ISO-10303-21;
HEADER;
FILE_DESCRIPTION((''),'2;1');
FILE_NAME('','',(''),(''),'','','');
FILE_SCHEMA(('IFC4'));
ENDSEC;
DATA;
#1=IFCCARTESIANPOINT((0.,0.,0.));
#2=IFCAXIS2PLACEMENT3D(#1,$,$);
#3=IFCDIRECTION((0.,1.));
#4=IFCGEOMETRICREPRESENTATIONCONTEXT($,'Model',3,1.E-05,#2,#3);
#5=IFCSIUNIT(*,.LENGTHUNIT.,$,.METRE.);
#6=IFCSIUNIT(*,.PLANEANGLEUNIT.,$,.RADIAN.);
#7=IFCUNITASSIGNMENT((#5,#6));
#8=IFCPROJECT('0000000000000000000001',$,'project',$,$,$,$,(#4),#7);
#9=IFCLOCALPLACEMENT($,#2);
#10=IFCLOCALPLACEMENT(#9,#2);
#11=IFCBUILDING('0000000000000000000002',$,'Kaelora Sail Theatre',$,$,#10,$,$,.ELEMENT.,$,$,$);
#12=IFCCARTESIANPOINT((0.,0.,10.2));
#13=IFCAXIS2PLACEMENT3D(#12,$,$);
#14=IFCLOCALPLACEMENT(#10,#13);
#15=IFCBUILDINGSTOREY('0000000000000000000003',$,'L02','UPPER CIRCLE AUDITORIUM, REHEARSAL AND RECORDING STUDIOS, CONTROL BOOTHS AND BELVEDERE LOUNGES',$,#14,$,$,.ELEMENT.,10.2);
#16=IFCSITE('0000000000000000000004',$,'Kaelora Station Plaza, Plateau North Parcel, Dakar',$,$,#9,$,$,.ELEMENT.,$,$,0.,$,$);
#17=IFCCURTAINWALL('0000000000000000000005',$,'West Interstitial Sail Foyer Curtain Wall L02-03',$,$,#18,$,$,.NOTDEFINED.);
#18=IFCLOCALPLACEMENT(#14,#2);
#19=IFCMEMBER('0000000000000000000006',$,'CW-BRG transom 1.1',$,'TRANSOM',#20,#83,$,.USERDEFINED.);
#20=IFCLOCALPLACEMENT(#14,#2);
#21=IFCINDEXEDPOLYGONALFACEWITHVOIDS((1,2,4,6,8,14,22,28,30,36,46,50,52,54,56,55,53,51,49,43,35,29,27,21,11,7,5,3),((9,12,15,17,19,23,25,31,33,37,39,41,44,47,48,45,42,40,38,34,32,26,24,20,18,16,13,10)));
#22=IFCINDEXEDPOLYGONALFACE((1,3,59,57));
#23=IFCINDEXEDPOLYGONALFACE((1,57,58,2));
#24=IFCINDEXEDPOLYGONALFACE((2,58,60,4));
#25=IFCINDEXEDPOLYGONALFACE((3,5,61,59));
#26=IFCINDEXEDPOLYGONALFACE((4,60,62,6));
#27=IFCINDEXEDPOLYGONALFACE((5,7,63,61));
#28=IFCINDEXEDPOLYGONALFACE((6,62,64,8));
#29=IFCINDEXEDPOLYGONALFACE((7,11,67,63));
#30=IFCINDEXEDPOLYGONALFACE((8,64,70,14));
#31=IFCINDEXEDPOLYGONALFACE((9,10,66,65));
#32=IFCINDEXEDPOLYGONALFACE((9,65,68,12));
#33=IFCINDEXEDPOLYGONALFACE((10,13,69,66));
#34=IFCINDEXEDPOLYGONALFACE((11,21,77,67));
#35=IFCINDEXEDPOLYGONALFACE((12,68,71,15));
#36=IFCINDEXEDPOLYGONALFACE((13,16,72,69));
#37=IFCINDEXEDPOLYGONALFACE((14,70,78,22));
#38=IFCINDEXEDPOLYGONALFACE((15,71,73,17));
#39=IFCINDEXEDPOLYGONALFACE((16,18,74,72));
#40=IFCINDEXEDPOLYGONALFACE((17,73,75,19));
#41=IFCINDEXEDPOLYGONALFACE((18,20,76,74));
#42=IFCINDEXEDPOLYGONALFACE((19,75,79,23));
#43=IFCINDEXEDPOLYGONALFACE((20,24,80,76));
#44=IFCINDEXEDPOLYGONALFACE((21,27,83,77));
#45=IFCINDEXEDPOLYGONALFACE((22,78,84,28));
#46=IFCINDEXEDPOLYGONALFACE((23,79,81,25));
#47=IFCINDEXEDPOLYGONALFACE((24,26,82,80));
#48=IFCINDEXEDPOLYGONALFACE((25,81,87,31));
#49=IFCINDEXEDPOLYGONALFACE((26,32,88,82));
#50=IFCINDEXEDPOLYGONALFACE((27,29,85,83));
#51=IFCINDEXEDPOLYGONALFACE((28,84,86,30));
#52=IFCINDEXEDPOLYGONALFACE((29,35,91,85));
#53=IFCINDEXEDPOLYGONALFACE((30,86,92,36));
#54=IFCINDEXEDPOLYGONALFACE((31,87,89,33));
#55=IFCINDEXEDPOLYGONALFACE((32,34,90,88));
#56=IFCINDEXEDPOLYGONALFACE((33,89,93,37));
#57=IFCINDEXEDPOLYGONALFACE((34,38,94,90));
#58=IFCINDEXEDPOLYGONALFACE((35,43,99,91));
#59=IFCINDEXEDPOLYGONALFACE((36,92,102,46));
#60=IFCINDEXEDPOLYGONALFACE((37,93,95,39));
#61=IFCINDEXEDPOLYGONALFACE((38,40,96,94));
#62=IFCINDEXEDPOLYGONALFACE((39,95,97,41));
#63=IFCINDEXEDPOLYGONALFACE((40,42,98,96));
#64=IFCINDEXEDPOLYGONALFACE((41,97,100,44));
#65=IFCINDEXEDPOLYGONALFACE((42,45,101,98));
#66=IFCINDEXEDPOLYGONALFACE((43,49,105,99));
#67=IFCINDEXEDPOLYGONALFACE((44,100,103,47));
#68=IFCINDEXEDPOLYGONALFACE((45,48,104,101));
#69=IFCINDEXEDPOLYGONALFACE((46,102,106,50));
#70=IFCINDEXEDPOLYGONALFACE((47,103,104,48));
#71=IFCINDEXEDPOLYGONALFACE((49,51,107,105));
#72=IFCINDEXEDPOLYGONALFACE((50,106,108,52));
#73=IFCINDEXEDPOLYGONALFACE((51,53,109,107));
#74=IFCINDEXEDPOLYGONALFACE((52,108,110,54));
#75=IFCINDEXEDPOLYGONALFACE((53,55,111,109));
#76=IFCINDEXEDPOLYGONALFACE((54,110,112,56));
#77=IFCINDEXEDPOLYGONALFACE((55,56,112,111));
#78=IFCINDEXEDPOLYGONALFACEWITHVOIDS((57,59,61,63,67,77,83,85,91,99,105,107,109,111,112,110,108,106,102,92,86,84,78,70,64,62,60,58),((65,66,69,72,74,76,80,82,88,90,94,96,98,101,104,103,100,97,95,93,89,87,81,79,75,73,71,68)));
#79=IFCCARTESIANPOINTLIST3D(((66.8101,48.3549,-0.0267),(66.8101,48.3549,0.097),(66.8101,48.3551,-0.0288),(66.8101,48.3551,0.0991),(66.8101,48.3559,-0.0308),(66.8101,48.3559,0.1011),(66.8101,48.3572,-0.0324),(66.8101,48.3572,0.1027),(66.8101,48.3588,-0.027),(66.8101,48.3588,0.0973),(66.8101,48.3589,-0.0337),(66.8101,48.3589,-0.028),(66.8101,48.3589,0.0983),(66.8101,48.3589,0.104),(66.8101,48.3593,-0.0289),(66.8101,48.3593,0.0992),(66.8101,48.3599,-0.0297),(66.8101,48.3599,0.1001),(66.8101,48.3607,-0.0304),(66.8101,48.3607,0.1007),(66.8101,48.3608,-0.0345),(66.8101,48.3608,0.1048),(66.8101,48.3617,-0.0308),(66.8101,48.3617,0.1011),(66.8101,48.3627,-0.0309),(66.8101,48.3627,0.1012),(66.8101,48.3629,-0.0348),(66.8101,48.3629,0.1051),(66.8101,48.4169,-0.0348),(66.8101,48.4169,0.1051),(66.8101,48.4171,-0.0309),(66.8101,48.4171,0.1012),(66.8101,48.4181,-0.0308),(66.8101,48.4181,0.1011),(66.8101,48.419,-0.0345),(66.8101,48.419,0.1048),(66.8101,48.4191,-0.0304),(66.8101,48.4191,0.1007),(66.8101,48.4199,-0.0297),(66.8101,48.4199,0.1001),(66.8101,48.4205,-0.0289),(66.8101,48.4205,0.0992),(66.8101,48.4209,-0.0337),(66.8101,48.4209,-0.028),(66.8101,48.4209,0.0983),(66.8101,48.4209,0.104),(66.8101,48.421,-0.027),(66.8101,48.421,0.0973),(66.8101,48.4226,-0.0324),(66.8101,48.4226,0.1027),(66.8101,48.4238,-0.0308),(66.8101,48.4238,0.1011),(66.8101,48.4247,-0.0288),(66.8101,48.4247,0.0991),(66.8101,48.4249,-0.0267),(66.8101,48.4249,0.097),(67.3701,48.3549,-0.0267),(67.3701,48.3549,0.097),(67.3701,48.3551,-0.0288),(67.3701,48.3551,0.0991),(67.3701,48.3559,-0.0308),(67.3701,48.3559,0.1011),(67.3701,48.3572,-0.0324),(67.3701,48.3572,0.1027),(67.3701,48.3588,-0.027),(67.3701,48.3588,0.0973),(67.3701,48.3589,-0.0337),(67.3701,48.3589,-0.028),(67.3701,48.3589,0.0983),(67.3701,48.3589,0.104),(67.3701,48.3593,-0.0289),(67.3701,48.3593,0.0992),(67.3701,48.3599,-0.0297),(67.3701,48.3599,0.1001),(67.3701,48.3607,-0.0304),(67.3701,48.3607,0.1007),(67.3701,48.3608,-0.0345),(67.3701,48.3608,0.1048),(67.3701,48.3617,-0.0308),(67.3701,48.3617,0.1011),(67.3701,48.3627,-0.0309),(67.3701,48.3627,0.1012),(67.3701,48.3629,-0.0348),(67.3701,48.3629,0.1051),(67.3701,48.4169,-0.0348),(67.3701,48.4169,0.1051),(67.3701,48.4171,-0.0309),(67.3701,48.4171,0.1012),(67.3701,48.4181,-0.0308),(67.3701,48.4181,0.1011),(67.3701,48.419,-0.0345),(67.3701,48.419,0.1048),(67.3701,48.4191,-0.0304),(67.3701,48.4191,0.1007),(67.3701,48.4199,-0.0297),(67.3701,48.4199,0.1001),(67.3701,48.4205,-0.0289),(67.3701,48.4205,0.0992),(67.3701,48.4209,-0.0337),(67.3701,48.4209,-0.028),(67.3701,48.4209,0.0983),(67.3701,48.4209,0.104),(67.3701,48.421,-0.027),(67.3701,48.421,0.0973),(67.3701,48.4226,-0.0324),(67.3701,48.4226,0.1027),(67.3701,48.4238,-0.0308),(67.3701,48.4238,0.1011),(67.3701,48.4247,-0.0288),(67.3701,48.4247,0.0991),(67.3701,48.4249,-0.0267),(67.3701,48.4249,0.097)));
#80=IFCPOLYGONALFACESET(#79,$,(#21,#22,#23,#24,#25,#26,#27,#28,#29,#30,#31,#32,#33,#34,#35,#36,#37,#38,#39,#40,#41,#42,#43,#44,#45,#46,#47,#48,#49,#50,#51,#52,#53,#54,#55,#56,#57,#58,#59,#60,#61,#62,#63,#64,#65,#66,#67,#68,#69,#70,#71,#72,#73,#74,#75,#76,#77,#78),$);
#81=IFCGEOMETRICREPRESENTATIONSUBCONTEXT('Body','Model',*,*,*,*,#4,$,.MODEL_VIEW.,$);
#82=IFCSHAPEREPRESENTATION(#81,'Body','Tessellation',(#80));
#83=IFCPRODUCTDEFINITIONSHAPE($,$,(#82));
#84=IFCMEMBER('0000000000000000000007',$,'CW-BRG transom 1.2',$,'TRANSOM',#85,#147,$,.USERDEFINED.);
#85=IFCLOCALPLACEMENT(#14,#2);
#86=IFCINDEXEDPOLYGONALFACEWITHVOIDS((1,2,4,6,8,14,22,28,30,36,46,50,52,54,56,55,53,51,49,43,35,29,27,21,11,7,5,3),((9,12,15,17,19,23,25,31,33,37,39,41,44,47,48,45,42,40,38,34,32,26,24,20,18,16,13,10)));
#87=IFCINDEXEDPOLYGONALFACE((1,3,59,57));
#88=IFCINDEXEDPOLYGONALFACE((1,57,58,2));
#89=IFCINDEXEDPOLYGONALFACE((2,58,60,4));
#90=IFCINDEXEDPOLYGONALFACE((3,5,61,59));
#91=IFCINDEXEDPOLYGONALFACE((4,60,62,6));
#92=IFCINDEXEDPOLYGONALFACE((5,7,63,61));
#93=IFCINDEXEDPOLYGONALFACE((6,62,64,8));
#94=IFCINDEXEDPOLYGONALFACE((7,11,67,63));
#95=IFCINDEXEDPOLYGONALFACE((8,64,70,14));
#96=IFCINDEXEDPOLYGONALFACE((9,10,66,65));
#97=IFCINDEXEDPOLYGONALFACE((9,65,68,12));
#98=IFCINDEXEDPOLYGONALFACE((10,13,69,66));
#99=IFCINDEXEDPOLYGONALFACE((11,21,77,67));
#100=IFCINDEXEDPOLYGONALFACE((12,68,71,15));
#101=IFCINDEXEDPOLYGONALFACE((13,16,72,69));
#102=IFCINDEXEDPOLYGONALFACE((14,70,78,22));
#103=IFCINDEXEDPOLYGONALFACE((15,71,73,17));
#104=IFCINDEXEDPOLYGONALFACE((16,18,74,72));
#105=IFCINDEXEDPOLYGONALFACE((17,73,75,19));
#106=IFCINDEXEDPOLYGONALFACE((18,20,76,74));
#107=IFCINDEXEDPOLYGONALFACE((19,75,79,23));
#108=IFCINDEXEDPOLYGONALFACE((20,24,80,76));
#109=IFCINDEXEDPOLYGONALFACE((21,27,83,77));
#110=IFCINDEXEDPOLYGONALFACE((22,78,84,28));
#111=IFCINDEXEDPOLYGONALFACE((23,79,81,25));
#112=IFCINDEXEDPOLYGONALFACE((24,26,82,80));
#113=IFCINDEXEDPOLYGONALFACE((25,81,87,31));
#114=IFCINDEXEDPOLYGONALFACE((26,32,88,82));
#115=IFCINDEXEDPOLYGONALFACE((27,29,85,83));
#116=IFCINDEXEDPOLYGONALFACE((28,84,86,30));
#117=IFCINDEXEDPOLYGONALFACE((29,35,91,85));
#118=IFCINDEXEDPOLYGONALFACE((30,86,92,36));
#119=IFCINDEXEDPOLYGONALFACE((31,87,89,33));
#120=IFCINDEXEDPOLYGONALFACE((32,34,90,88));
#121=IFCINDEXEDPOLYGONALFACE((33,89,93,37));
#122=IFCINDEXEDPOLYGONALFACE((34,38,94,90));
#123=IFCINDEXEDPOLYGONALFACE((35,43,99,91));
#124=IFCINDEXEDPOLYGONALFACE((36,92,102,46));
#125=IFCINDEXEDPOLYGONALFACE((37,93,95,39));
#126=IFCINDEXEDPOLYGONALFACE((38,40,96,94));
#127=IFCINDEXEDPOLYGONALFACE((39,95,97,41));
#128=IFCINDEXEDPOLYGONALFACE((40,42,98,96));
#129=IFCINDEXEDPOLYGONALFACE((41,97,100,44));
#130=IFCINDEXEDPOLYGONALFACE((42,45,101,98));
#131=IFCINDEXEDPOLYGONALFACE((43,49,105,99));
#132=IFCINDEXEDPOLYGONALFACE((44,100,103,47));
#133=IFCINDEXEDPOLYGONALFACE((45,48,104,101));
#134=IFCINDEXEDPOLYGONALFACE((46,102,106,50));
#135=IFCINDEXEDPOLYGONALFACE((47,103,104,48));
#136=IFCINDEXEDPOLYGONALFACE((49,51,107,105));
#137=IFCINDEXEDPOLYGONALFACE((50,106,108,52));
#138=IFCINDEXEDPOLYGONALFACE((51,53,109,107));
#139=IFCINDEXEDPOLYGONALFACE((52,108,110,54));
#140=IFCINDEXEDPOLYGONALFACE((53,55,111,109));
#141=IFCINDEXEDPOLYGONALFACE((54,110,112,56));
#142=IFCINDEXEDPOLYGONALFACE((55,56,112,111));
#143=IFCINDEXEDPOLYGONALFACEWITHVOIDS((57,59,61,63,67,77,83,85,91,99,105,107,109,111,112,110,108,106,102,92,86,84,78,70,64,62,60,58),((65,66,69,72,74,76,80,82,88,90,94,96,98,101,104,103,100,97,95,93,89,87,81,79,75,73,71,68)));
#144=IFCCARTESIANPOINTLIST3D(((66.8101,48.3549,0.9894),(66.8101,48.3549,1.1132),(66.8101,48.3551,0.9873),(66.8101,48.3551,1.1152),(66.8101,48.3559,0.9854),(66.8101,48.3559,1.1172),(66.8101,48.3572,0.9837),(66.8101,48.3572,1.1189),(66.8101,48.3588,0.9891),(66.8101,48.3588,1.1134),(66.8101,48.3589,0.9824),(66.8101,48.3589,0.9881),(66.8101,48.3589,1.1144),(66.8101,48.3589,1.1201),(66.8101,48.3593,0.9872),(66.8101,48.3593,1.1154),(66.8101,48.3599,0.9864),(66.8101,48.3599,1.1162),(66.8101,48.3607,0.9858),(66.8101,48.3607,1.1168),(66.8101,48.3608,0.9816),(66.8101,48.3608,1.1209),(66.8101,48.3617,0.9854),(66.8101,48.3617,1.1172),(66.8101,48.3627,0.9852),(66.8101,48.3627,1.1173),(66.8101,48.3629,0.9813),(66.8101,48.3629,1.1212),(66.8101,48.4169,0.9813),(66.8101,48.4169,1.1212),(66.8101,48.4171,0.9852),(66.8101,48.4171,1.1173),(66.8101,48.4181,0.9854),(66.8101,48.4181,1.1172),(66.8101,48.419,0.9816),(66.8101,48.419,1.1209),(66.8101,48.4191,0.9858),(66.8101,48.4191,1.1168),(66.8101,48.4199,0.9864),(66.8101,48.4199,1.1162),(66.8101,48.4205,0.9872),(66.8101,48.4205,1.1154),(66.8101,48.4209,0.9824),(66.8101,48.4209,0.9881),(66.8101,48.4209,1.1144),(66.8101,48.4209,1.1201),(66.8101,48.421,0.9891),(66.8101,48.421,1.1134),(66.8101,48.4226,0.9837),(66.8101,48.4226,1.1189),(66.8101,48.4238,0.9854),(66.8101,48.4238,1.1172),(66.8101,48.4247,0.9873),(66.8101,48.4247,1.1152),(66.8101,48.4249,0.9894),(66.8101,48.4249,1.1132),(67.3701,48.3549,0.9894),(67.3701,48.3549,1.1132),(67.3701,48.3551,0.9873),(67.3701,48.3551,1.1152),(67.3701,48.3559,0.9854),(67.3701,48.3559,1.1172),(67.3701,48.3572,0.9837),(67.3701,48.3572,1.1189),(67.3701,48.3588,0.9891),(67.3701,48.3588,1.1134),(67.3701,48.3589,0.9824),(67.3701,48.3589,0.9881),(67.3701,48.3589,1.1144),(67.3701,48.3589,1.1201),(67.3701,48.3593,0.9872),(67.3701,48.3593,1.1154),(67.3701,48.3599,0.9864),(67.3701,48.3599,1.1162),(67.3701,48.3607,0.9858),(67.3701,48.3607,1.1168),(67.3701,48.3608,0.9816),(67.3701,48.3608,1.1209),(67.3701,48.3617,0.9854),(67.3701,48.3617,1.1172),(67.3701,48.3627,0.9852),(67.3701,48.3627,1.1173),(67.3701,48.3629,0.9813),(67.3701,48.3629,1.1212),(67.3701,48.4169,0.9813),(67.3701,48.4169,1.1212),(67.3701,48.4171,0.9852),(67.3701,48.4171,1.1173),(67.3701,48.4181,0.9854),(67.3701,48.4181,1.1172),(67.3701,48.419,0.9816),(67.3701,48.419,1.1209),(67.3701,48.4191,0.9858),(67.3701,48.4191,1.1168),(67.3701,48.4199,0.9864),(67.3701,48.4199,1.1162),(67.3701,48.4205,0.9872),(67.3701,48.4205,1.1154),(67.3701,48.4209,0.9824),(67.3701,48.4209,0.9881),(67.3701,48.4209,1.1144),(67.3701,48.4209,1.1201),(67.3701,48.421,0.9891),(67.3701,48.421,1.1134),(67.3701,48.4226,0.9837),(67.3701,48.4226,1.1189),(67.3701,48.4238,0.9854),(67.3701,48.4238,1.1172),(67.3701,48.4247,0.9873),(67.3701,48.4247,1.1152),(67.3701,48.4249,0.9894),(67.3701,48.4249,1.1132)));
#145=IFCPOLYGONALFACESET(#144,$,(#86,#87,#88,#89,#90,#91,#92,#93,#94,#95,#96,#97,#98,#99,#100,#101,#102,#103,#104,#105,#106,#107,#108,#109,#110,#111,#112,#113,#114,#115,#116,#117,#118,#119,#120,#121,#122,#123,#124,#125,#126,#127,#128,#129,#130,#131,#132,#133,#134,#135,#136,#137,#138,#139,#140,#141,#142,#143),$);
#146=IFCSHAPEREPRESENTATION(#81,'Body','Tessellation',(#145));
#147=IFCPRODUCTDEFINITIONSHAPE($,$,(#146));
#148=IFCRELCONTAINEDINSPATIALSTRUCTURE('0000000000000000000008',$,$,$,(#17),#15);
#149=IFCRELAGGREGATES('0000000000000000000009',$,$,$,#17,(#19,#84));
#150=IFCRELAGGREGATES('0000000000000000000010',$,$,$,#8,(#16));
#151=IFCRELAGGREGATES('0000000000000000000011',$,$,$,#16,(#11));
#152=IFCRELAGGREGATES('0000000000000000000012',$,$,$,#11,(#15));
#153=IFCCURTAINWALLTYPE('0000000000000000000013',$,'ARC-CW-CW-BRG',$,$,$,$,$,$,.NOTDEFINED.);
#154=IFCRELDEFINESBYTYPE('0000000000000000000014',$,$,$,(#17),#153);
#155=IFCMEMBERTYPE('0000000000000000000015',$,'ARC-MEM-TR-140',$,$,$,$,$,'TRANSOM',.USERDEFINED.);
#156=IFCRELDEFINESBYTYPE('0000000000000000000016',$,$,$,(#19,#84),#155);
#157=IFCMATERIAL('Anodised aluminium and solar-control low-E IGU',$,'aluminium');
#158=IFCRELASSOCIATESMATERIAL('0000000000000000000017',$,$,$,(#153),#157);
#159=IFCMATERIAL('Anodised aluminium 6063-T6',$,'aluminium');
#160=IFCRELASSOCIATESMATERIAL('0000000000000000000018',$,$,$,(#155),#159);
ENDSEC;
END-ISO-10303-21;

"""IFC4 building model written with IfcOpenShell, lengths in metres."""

from ifc_helpers import new_model, si_unit, direction, frame, origin, origin_2d, place, context, subcontext, project, spatial, hollow_rectangle, extrude, material, material_profile, profile_set, type_object, element, aggregate, save


model = new_model("IFC4")

# Units and contexts
model_context = context("Model", 3, precision=1e-05, world=origin(), true_north=direction((0.0, 1.0)))
body_context = subcontext(model_context, "Body", "Model", "MODEL_VIEW")
ifc_project = project(units=[si_unit("LENGTHUNIT", "METRE"), si_unit("PLANEANGLEUNIT", "RADIAN")], contexts=[model_context])

# Site, building, storey
site_placement = place(None, origin())
site = spatial("IfcSite", under=ifc_project, at=site_placement, Name="Kaelora Station Plaza, Plateau North Parcel, Dakar", CompositionType="ELEMENT", RefElevation=0.0)
building_placement = place(site_placement, origin())
building = spatial("IfcBuilding", under=site, at=building_placement, Name="Kaelora Sail Theatre", CompositionType="ELEMENT")
storey_placement = place(building_placement, frame((0.0, 0.0, 10.2)))
storey = spatial("IfcBuildingStorey", under=building, at=storey_placement, Name="L02", Description="UPPER CIRCLE AUDITORIUM, REHEARSAL AND RECORDING STUDIOS, CONTROL BOOTHS AND BELVEDERE LOUNGES", CompositionType="ELEMENT", Elevation=10.2)

# Shared definitions
ifc_material_1 = material(Name="Anodised aluminium and solar-control low-E IGU", Category="aluminium")
curtain_wall_type = type_object("IfcCurtainWallType", Name="ARC-CW-CW-BRG", PredefinedType="NOTDEFINED", material=ifc_material_1)

# Curtain wall, members
curtain_wall_1_placement = place(storey_placement, origin())
curtain_wall_1 = element("IfcCurtainWall", 1, at=curtain_wall_1_placement, inside=storey, type_object=curtain_wall_type, Name="West Interstitial Sail Foyer Curtain Wall L02-03", PredefinedType="NOTDEFINED")
ifc_material_2 = material(Name="Anodised aluminium 6063-T6", Category="aluminium")
ifc_material_profile_1 = material_profile(ifc_material_2, hollow_rectangle(XDim=0.0701, YDim=0.1399, WallThickness=0.0039, InnerFilletRadius=0.0039, OuterFilletRadius=0.0081, at=origin_2d()), Name="ALU-TRAN 70x140x4")
ifc_profile_set_1 = profile_set([ifc_material_profile_1], Name="Anodised aluminium 6063-T6")
member_type_1 = type_object("IfcMemberType", Name="ARC-MEM-TR-140", ElementType="TRANSOM", PredefinedType="USERDEFINED", material=ifc_profile_set_1)
member_1_placement = place(storey_placement, frame((66.8101, 48.3899, 0.0352), z_axis=(1.0, 0.0, 0.0), x_axis=(0.0, 1.0, 0.0)))
member_1 = element("IfcMember", 2, at=member_1_placement, type_object=member_type_1, Name="CW-BRG transom 1.1", ObjectType="TRANSOM", PredefinedType="USERDEFINED", context=body_context, shape_type="SweptSolid", body=[
    extrude(hollow_rectangle(XDim=0.0701, YDim=0.1399, WallThickness=0.0039, InnerFilletRadius=0.0039, OuterFilletRadius=0.0081, at=origin_2d()), origin(), (0.0, 0.0, 1.0), 0.5601),
])
member_2_placement = place(storey_placement, frame((66.8101, 48.3899, 1.0513), z_axis=(1.0, 0.0, 0.0), x_axis=(0.0, 1.0, 0.0)))
member_2 = element("IfcMember", 3, at=member_2_placement, type_object=member_type_1, Name="CW-BRG transom 1.2", ObjectType="TRANSOM", PredefinedType="USERDEFINED", context=body_context, shape_type="SweptSolid", body=[
    extrude(hollow_rectangle(XDim=0.0701, YDim=0.1399, WallThickness=0.0039, InnerFilletRadius=0.0039, OuterFilletRadius=0.0081, at=origin_2d()), origin(), (0.0, 0.0, 1.0), 0.5601),
])

aggregate(curtain_wall_1, [member_1, member_2])

save(model, "model.ifc")
